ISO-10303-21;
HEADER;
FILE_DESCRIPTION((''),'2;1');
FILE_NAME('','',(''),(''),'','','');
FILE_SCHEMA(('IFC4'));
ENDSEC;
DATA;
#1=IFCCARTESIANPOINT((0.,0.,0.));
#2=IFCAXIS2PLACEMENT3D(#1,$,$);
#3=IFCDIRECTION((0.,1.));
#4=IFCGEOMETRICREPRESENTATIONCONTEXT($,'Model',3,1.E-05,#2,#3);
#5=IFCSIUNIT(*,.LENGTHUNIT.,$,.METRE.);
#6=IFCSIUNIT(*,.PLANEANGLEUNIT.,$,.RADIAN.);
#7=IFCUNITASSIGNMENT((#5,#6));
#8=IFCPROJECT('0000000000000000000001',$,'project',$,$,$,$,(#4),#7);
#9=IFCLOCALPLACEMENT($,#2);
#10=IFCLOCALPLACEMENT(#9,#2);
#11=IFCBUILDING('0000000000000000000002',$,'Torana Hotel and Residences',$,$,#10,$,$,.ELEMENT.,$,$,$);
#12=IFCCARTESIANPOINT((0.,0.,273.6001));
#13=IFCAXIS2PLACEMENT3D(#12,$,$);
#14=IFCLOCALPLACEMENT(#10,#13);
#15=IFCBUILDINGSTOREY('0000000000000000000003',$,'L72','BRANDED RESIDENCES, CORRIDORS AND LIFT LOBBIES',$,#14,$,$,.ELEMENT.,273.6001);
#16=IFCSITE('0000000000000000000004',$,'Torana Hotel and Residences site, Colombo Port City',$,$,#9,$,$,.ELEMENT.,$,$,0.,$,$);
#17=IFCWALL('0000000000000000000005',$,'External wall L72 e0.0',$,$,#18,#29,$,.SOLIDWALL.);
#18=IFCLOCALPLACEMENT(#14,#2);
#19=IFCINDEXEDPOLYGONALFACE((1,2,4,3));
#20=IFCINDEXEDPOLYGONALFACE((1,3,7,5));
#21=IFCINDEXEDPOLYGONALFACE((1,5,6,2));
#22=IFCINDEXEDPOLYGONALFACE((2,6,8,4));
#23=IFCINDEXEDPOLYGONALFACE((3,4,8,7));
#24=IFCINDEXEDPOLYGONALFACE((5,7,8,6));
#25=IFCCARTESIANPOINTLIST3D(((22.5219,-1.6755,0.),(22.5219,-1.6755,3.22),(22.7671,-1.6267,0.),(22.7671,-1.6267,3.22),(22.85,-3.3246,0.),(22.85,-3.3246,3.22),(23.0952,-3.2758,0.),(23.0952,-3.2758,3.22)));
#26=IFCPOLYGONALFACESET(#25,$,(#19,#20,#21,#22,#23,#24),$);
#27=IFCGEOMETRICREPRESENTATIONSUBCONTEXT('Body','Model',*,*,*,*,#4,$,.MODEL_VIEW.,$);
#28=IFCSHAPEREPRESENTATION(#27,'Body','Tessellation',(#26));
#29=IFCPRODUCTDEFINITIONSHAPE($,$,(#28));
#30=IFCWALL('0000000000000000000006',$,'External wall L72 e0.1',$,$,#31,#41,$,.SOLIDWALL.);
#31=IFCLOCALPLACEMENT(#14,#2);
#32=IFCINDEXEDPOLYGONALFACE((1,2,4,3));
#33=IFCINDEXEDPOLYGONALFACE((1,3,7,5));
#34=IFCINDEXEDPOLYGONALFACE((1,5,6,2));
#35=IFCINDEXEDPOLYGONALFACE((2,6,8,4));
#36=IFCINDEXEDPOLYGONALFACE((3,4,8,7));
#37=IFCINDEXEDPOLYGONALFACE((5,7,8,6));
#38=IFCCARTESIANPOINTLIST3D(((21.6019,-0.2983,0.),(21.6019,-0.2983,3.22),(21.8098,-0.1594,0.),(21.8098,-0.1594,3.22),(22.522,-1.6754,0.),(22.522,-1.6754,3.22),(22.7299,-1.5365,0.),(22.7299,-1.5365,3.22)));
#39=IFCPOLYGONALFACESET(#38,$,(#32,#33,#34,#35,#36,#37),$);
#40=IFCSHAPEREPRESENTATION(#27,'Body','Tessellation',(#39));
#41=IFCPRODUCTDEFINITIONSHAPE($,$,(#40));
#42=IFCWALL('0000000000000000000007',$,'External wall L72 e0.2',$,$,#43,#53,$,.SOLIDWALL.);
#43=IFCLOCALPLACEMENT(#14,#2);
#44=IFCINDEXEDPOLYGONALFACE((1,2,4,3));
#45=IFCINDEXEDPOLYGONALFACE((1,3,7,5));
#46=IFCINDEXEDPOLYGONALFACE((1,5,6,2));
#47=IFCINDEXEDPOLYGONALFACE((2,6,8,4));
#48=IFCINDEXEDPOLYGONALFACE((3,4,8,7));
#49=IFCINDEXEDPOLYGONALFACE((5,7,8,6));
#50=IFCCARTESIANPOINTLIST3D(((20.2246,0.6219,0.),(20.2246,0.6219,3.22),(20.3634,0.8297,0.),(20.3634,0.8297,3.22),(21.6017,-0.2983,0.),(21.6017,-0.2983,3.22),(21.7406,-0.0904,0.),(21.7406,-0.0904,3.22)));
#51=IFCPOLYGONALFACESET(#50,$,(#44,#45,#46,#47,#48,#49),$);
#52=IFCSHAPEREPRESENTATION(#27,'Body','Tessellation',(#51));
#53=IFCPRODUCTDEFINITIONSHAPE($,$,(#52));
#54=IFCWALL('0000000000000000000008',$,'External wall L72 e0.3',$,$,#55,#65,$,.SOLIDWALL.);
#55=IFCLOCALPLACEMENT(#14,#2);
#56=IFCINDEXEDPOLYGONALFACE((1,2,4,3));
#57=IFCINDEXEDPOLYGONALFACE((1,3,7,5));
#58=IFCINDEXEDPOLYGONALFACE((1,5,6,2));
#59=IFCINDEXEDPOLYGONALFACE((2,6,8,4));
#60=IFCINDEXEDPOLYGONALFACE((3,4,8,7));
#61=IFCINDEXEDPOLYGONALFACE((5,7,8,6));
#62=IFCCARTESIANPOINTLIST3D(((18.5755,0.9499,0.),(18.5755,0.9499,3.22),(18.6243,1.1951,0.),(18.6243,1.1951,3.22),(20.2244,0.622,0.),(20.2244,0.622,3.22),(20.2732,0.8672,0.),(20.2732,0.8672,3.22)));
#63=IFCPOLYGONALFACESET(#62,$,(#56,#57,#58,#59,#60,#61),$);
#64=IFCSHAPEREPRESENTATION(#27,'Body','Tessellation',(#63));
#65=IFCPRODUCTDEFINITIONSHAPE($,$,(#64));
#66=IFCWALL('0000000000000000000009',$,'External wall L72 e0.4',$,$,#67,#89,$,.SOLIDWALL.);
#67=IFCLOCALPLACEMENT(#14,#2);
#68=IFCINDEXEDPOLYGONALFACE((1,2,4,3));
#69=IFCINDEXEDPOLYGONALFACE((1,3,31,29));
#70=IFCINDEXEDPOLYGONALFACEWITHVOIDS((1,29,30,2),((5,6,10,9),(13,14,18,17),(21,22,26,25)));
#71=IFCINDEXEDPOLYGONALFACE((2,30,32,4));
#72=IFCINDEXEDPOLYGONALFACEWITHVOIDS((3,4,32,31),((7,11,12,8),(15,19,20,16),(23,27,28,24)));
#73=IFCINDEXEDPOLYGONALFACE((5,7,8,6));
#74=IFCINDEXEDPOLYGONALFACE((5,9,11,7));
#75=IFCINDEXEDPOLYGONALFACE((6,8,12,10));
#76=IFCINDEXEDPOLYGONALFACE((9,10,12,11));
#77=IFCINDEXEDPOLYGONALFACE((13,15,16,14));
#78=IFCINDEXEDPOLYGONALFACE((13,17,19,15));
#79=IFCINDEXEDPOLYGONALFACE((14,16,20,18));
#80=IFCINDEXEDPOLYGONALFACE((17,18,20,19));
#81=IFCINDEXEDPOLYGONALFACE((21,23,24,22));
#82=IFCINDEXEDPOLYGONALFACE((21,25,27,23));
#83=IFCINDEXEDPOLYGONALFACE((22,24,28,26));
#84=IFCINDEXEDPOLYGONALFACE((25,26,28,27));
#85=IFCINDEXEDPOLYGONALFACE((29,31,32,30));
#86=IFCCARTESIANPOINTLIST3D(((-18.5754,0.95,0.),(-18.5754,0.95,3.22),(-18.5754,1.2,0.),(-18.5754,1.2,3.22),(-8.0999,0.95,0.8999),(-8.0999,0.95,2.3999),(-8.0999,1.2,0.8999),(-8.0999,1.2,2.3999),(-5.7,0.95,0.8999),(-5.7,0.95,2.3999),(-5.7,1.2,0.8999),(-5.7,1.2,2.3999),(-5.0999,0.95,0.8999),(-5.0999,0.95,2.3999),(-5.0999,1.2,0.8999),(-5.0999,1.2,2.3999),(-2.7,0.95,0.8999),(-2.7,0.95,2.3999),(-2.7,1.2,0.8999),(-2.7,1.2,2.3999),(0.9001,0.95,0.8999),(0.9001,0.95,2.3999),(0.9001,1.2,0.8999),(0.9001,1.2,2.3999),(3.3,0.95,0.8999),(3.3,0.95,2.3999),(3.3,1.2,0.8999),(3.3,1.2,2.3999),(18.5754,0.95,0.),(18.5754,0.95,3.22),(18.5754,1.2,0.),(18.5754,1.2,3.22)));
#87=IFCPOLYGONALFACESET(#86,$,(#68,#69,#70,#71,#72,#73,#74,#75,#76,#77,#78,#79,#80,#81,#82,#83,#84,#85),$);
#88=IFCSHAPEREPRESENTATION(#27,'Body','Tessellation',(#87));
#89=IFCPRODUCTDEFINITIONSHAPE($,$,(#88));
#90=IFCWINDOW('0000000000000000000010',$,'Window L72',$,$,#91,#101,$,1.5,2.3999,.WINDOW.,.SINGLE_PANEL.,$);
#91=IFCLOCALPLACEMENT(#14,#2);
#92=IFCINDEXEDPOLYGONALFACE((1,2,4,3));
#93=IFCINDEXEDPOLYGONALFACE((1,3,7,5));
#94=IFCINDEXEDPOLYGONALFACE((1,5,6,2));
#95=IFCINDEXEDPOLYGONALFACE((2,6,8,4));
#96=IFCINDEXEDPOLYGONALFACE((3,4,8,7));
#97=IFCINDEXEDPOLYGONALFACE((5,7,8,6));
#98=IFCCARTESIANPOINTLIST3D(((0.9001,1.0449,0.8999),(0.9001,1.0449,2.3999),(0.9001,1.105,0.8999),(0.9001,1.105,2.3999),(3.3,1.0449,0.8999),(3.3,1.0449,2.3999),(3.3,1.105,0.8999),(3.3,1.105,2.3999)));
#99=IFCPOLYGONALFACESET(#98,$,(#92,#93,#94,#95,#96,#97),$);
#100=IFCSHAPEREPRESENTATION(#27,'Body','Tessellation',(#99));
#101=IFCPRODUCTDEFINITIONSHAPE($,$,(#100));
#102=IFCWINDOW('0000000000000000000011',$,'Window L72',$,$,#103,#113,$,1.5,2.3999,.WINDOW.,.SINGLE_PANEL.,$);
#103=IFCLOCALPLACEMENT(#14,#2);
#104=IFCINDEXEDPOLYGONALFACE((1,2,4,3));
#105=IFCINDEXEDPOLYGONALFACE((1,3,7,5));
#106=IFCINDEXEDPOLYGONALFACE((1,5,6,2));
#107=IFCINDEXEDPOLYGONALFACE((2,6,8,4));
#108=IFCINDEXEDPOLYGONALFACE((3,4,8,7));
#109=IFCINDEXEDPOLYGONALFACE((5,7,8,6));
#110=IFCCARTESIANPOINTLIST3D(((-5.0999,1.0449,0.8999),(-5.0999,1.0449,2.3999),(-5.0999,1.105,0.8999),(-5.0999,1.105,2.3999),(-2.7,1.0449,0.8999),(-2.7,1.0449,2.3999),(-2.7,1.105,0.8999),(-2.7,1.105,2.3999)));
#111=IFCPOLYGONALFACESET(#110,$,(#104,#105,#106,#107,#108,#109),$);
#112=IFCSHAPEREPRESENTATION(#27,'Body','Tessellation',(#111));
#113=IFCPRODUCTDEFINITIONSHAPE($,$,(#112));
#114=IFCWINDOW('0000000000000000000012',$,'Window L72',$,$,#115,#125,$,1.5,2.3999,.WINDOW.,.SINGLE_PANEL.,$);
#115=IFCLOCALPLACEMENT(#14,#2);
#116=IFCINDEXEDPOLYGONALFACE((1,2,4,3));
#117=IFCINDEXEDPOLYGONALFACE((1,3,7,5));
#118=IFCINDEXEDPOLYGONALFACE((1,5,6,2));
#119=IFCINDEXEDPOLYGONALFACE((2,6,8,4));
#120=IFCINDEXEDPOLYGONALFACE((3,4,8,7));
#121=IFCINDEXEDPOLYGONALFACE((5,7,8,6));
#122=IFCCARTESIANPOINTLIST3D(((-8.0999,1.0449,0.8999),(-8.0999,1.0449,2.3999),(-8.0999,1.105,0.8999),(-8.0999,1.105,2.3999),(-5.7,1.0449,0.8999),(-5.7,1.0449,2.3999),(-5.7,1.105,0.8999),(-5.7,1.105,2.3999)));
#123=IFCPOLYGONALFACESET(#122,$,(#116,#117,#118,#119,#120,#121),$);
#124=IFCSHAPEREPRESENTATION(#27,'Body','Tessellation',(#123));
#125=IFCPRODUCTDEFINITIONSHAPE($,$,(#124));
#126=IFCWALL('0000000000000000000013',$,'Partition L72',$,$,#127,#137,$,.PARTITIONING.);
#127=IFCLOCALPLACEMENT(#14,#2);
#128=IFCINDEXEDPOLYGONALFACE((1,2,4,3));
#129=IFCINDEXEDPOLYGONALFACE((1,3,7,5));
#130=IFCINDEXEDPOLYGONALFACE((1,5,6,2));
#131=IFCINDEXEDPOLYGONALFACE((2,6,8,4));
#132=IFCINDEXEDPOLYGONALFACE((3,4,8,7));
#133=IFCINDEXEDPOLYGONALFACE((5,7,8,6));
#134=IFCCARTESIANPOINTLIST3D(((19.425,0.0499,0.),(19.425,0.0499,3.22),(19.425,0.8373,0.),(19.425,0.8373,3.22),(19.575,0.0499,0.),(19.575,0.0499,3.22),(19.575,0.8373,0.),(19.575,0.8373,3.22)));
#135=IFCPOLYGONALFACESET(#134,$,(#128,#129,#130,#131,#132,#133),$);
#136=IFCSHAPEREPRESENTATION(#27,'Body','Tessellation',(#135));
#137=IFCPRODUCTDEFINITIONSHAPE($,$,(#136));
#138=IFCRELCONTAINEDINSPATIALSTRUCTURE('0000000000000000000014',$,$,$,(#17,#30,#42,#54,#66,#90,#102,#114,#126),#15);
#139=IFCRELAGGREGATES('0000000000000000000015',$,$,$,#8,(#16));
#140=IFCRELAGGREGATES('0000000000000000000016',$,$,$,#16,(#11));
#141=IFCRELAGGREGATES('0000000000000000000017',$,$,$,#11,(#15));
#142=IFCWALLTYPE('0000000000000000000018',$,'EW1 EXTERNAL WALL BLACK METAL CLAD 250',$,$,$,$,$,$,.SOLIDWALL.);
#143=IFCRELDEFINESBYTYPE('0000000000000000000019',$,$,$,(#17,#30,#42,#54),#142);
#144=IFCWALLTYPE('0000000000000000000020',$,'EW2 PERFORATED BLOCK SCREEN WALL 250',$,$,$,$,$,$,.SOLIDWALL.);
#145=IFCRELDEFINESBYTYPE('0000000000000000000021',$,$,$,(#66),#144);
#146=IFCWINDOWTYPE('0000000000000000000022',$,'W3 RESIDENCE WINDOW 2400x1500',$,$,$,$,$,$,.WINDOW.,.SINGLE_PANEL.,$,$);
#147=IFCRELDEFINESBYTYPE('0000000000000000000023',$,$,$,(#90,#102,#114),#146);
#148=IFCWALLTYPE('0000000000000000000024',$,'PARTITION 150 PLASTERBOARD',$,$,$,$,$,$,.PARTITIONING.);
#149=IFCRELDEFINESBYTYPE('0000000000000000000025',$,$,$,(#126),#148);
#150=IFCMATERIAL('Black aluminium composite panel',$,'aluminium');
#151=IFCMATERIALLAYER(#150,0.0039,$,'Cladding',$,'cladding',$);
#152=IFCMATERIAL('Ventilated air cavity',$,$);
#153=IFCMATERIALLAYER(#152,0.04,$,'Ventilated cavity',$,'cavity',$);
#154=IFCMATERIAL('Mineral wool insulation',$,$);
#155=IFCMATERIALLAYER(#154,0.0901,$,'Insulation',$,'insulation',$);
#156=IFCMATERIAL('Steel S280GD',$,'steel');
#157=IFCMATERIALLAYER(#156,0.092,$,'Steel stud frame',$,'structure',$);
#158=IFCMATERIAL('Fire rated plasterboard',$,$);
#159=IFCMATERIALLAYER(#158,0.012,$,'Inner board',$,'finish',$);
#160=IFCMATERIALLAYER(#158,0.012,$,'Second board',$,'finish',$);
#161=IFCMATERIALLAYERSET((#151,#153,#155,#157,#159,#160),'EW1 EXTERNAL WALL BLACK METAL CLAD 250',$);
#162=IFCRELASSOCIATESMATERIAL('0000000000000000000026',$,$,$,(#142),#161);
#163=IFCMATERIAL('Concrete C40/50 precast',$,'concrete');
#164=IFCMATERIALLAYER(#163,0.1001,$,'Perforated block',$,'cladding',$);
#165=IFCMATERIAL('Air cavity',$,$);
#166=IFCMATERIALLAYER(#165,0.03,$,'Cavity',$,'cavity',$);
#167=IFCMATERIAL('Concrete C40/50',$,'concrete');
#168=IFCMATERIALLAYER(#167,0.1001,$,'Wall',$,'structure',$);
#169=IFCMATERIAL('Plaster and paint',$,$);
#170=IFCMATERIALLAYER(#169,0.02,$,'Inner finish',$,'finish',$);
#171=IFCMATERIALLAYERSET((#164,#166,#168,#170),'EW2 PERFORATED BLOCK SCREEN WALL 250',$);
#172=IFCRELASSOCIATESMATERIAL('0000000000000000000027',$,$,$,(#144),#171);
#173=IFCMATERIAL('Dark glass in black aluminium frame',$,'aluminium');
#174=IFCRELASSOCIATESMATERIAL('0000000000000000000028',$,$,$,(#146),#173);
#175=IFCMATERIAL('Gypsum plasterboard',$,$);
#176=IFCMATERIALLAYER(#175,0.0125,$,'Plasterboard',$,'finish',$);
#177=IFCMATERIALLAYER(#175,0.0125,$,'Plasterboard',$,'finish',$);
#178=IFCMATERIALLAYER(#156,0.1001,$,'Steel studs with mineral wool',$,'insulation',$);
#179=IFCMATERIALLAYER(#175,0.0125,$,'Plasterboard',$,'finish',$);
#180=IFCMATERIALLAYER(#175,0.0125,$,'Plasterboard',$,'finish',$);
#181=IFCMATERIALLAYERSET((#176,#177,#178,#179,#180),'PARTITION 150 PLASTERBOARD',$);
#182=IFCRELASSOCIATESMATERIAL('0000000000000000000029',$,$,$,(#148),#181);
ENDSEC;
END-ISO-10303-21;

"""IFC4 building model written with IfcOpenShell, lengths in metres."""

from ifc_helpers import new_model, si_unit, direction, frame, frame_2d, origin, place, context, subcontext, project, spatial, rectangle, extrude, material, layer, layer_set, type_object, element, fill, save


model = new_model("IFC4")

# Units and contexts
model_context = context("Model", 3, precision=1e-05, world=origin(), true_north=direction((0.0, 1.0)))
body_context = subcontext(model_context, "Body", "Model", "MODEL_VIEW")
ifc_project = project(units=[si_unit("LENGTHUNIT", "METRE"), si_unit("PLANEANGLEUNIT", "RADIAN")], contexts=[model_context])

# Site, building, storey
site_placement = place(None, origin())
site = spatial("IfcSite", under=ifc_project, at=site_placement, Name="Torana Hotel and Residences site, Colombo Port City", CompositionType="ELEMENT", RefElevation=0.0)
building_placement = place(site_placement, origin())
building = spatial("IfcBuilding", under=site, at=building_placement, Name="Torana Hotel and Residences", CompositionType="ELEMENT")
storey_placement = place(building_placement, frame((0.0, 0.0, 273.6001)))
storey = spatial("IfcBuildingStorey", under=building, at=storey_placement, Name="L72", Description="BRANDED RESIDENCES, CORRIDORS AND LIFT LOBBIES", CompositionType="ELEMENT", Elevation=273.6001)

# Walls
ifc_material_1 = material(Name="Black aluminium composite panel", Category="aluminium")
ifc_layer_1 = layer(ifc_material_1, 0.0039, Name="Cladding", Category="cladding")
ifc_material_2 = material(Name="Ventilated air cavity")
ifc_layer_2 = layer(ifc_material_2, 0.04, Name="Ventilated cavity", Category="cavity")
ifc_material_3 = material(Name="Mineral wool insulation")
ifc_layer_3 = layer(ifc_material_3, 0.0901, Name="Insulation", Category="insulation")
ifc_material_4 = material(Name="Steel S280GD", Category="steel")
ifc_layer_4 = layer(ifc_material_4, 0.092, Name="Steel stud frame", Category="structure")
ifc_material_5 = material(Name="Fire rated plasterboard")
ifc_layer_5 = layer(ifc_material_5, 0.012, Name="Inner board", Category="finish")
ifc_layer_6 = layer(ifc_material_5, 0.012, Name="Second board", Category="finish")
ifc_layer_set_1 = layer_set([ifc_layer_1, ifc_layer_2, ifc_layer_3, ifc_layer_4, ifc_layer_5, ifc_layer_6], Name="EW1 EXTERNAL WALL BLACK METAL CLAD 250")
wall_type_1 = type_object("IfcWallType", Name="EW1 EXTERNAL WALL BLACK METAL CLAD 250", PredefinedType="SOLIDWALL", material=ifc_layer_set_1)
wall_1_placement = place(storey_placement, frame((22.9727, -3.3003, 0.0), z_axis=(0.0, 0.0, 1.0), x_axis=(-0.195139, 0.980776, 0.0)))
element("IfcWall", 1, at=wall_1_placement, inside=storey, type_object=wall_type_1, Name="External wall L72 e0.0", PredefinedType="SOLIDWALL", context=body_context, shape_type="SweptSolid", body=[
    extrude(rectangle(XDim=1.6814, YDim=0.25, at=frame_2d((0.8408, 0.0))), origin(), (0.0, 0.0, 1.0), 3.22),
])
for number, where, z_axis, x_axis, name in (
    (2, (22.626, -1.606, 0.0), (0.0, 0.0, 1.0), (-0.55555, 0.831483, 0.0), "External wall L72 e0.1"),
    (3, (21.6711, -0.1943, 0.0), (0.0, 0.0, 1.0), (-0.831483, 0.55555, 0.0), "External wall L72 e0.2"),
):
    element("IfcWall", number, at=place(storey_placement, frame(where, z_axis=z_axis, x_axis=x_axis)), inside=storey, type_object=wall_type_1, Name=name, PredefinedType="SOLIDWALL", context=body_context, shape_type="SweptSolid", body=[
        extrude(rectangle(XDim=1.6562, YDim=0.25, at=frame_2d((0.8281, 0.0))), origin(), (0.0, 0.0, 1.0), 3.22),
    ])
wall_2_placement = place(storey_placement, frame((20.2488, 0.7446, 0.0), z_axis=(0.0, 0.0, 1.0), x_axis=(-0.980798, 0.195027, 0.0)))
element("IfcWall", 4, at=wall_2_placement, inside=storey, type_object=wall_type_1, Name="External wall L72 e0.3", PredefinedType="SOLIDWALL", context=body_context, shape_type="SweptSolid", body=[
    extrude(rectangle(XDim=1.6812, YDim=0.25, at=frame_2d((0.8406, 0.0))), origin(), (0.0, 0.0, 1.0), 3.22),
])

# Wall, openings, windows
ifc_material_6 = material(Name="Concrete C40/50 precast", Category="concrete")
ifc_layer_7 = layer(ifc_material_6, 0.1001, Name="Perforated block", Category="cladding")
ifc_material_7 = material(Name="Air cavity")
ifc_layer_8 = layer(ifc_material_7, 0.03, Name="Cavity", Category="cavity")
ifc_material_8 = material(Name="Concrete C40/50", Category="concrete")
ifc_layer_9 = layer(ifc_material_8, 0.1001, Name="Wall", Category="structure")
ifc_material_9 = material(Name="Plaster and paint")
ifc_layer_10 = layer(ifc_material_9, 0.02, Name="Inner finish", Category="finish")
ifc_layer_set_2 = layer_set([ifc_layer_7, ifc_layer_8, ifc_layer_9, ifc_layer_10], Name="EW2 PERFORATED BLOCK SCREEN WALL 250")
wall_type_2 = type_object("IfcWallType", Name="EW2 PERFORATED BLOCK SCREEN WALL 250", PredefinedType="SOLIDWALL", material=ifc_layer_set_2)
wall_3_placement = place(storey_placement, frame((18.5754, 1.075, 0.0), z_axis=(0.0, 0.0, 1.0), x_axis=(-1.0, 0.0, 0.0)))
wall_3 = element("IfcWall", 5, at=wall_3_placement, inside=storey, type_object=wall_type_2, Name="External wall L72 e0.4", PredefinedType="SOLIDWALL", context=body_context, shape_type="SweptSolid", body=[
    extrude(rectangle(XDim=37.1509, YDim=0.25, at=frame_2d((18.5754, 0.0))), origin(), (0.0, 0.0, 1.0), 3.22),
])
opening_1_placement = place(wall_3_placement, frame((15.2754, 0.0, 0.8999)))
opening_1 = element("IfcOpeningElement", 6, at=opening_1_placement, cuts=wall_3, PredefinedType="OPENING", context=body_context, shape_type="SweptSolid", body=[
    extrude(rectangle(XDim=2.3999, YDim=1.5, at=frame_2d((1.2, 0.75))), frame((0.0, 0.135, 0.0), z_axis=(0.0, -1.0, 0.0), x_axis=(1.0, 0.0, 0.0)), (0.0, 0.0, 1.0), 0.27),
])
opening_2_placement = place(wall_3_placement, frame((21.2754, 0.0, 0.8999)))
opening_2 = element("IfcOpeningElement", 7, at=opening_2_placement, cuts=wall_3, PredefinedType="OPENING", context=body_context, shape_type="SweptSolid", body=[
    extrude(rectangle(XDim=2.3999, YDim=1.5, at=frame_2d((1.2, 0.75))), frame((0.0, 0.135, 0.0), z_axis=(0.0, -1.0, 0.0), x_axis=(1.0, 0.0, 0.0)), (0.0, 0.0, 1.0), 0.27),
])
opening_3_placement = place(wall_3_placement, frame((24.2754, 0.0, 0.8999)))
opening_3 = element("IfcOpeningElement", 8, at=opening_3_placement, cuts=wall_3, PredefinedType="OPENING", context=body_context, shape_type="SweptSolid", body=[
    extrude(rectangle(XDim=2.3999, YDim=1.5, at=frame_2d((1.2, 0.75))), frame((0.0, 0.135, 0.0), z_axis=(0.0, -1.0, 0.0), x_axis=(1.0, 0.0, 0.0)), (0.0, 0.0, 1.0), 0.27),
])
ifc_material_10 = material(Name="Dark glass in black aluminium frame", Category="aluminium")
window_type = type_object("IfcWindowType", Name="W3 RESIDENCE WINDOW 2400x1500", PartitioningType="SINGLE_PANEL", PredefinedType="WINDOW", material=ifc_material_10)
window_1_placement = place(opening_1_placement, origin())
window_1 = element("IfcWindow", 9, at=window_1_placement, inside=storey, type_object=window_type, Name="Window L72", OverallHeight=1.5, OverallWidth=2.3999, PartitioningType="SINGLE_PANEL", PredefinedType="WINDOW", context=body_context, shape_type="SweptSolid", body=[
    extrude(rectangle(XDim=2.3999, YDim=1.5, at=frame_2d((1.2, 0.75))), frame((0.0, 0.03, 0.0), z_axis=(0.0, -1.0, 0.0), x_axis=(1.0, 0.0, 0.0)), (0.0, 0.0, 1.0), 0.0601),
])
fill(opening_1, window_1)
window_2_placement = place(opening_2_placement, origin())
window_2 = element("IfcWindow", 10, at=window_2_placement, inside=storey, type_object=window_type, Name="Window L72", OverallHeight=1.5, OverallWidth=2.3999, PartitioningType="SINGLE_PANEL", PredefinedType="WINDOW", context=body_context, shape_type="SweptSolid", body=[
    extrude(rectangle(XDim=2.3999, YDim=1.5, at=frame_2d((1.2, 0.75))), frame((0.0, 0.03, 0.0), z_axis=(0.0, -1.0, 0.0), x_axis=(1.0, 0.0, 0.0)), (0.0, 0.0, 1.0), 0.0601),
])
fill(opening_2, window_2)
window_3_placement = place(opening_3_placement, origin())
window_3 = element("IfcWindow", 11, at=window_3_placement, inside=storey, type_object=window_type, Name="Window L72", OverallHeight=1.5, OverallWidth=2.3999, PartitioningType="SINGLE_PANEL", PredefinedType="WINDOW", context=body_context, shape_type="SweptSolid", body=[
    extrude(rectangle(XDim=2.3999, YDim=1.5, at=frame_2d((1.2, 0.75))), frame((0.0, 0.03, 0.0), z_axis=(0.0, -1.0, 0.0), x_axis=(1.0, 0.0, 0.0)), (0.0, 0.0, 1.0), 0.0601),
])
fill(opening_3, window_3)

# Wall
ifc_material_11 = material(Name="Gypsum plasterboard")
ifc_layer_11 = layer(ifc_material_11, 0.0125, Name="Plasterboard", Category="finish")
ifc_layer_12 = layer(ifc_material_11, 0.0125, Name="Plasterboard", Category="finish")
ifc_layer_13 = layer(ifc_material_4, 0.1001, Name="Steel studs with mineral wool", Category="insulation")
ifc_layer_14 = layer(ifc_material_11, 0.0125, Name="Plasterboard", Category="finish")
ifc_layer_15 = layer(ifc_material_11, 0.0125, Name="Plasterboard", Category="finish")
ifc_layer_set_3 = layer_set([ifc_layer_11, ifc_layer_12, ifc_layer_13, ifc_layer_14, ifc_layer_15], Name="PARTITION 150 PLASTERBOARD")
wall_type_3 = type_object("IfcWallType", Name="PARTITION 150 PLASTERBOARD", PredefinedType="PARTITIONING", material=ifc_layer_set_3)
wall_4_placement = place(storey_placement, frame((19.5, 0.05, 0.0), z_axis=(0.0, 0.0, 1.0), x_axis=(0.0, 1.0, 0.0)))
element("IfcWall", 12, at=wall_4_placement, inside=storey, type_object=wall_type_3, Name="Partition L72", PredefinedType="PARTITIONING", context=body_context, shape_type="SweptSolid", body=[
    extrude(rectangle(XDim=0.7874, YDim=0.1499, at=frame_2d((0.3936, 0.0))), origin(), (0.0, 0.0, 1.0), 3.22),
])

save(model, "model.ifc")
